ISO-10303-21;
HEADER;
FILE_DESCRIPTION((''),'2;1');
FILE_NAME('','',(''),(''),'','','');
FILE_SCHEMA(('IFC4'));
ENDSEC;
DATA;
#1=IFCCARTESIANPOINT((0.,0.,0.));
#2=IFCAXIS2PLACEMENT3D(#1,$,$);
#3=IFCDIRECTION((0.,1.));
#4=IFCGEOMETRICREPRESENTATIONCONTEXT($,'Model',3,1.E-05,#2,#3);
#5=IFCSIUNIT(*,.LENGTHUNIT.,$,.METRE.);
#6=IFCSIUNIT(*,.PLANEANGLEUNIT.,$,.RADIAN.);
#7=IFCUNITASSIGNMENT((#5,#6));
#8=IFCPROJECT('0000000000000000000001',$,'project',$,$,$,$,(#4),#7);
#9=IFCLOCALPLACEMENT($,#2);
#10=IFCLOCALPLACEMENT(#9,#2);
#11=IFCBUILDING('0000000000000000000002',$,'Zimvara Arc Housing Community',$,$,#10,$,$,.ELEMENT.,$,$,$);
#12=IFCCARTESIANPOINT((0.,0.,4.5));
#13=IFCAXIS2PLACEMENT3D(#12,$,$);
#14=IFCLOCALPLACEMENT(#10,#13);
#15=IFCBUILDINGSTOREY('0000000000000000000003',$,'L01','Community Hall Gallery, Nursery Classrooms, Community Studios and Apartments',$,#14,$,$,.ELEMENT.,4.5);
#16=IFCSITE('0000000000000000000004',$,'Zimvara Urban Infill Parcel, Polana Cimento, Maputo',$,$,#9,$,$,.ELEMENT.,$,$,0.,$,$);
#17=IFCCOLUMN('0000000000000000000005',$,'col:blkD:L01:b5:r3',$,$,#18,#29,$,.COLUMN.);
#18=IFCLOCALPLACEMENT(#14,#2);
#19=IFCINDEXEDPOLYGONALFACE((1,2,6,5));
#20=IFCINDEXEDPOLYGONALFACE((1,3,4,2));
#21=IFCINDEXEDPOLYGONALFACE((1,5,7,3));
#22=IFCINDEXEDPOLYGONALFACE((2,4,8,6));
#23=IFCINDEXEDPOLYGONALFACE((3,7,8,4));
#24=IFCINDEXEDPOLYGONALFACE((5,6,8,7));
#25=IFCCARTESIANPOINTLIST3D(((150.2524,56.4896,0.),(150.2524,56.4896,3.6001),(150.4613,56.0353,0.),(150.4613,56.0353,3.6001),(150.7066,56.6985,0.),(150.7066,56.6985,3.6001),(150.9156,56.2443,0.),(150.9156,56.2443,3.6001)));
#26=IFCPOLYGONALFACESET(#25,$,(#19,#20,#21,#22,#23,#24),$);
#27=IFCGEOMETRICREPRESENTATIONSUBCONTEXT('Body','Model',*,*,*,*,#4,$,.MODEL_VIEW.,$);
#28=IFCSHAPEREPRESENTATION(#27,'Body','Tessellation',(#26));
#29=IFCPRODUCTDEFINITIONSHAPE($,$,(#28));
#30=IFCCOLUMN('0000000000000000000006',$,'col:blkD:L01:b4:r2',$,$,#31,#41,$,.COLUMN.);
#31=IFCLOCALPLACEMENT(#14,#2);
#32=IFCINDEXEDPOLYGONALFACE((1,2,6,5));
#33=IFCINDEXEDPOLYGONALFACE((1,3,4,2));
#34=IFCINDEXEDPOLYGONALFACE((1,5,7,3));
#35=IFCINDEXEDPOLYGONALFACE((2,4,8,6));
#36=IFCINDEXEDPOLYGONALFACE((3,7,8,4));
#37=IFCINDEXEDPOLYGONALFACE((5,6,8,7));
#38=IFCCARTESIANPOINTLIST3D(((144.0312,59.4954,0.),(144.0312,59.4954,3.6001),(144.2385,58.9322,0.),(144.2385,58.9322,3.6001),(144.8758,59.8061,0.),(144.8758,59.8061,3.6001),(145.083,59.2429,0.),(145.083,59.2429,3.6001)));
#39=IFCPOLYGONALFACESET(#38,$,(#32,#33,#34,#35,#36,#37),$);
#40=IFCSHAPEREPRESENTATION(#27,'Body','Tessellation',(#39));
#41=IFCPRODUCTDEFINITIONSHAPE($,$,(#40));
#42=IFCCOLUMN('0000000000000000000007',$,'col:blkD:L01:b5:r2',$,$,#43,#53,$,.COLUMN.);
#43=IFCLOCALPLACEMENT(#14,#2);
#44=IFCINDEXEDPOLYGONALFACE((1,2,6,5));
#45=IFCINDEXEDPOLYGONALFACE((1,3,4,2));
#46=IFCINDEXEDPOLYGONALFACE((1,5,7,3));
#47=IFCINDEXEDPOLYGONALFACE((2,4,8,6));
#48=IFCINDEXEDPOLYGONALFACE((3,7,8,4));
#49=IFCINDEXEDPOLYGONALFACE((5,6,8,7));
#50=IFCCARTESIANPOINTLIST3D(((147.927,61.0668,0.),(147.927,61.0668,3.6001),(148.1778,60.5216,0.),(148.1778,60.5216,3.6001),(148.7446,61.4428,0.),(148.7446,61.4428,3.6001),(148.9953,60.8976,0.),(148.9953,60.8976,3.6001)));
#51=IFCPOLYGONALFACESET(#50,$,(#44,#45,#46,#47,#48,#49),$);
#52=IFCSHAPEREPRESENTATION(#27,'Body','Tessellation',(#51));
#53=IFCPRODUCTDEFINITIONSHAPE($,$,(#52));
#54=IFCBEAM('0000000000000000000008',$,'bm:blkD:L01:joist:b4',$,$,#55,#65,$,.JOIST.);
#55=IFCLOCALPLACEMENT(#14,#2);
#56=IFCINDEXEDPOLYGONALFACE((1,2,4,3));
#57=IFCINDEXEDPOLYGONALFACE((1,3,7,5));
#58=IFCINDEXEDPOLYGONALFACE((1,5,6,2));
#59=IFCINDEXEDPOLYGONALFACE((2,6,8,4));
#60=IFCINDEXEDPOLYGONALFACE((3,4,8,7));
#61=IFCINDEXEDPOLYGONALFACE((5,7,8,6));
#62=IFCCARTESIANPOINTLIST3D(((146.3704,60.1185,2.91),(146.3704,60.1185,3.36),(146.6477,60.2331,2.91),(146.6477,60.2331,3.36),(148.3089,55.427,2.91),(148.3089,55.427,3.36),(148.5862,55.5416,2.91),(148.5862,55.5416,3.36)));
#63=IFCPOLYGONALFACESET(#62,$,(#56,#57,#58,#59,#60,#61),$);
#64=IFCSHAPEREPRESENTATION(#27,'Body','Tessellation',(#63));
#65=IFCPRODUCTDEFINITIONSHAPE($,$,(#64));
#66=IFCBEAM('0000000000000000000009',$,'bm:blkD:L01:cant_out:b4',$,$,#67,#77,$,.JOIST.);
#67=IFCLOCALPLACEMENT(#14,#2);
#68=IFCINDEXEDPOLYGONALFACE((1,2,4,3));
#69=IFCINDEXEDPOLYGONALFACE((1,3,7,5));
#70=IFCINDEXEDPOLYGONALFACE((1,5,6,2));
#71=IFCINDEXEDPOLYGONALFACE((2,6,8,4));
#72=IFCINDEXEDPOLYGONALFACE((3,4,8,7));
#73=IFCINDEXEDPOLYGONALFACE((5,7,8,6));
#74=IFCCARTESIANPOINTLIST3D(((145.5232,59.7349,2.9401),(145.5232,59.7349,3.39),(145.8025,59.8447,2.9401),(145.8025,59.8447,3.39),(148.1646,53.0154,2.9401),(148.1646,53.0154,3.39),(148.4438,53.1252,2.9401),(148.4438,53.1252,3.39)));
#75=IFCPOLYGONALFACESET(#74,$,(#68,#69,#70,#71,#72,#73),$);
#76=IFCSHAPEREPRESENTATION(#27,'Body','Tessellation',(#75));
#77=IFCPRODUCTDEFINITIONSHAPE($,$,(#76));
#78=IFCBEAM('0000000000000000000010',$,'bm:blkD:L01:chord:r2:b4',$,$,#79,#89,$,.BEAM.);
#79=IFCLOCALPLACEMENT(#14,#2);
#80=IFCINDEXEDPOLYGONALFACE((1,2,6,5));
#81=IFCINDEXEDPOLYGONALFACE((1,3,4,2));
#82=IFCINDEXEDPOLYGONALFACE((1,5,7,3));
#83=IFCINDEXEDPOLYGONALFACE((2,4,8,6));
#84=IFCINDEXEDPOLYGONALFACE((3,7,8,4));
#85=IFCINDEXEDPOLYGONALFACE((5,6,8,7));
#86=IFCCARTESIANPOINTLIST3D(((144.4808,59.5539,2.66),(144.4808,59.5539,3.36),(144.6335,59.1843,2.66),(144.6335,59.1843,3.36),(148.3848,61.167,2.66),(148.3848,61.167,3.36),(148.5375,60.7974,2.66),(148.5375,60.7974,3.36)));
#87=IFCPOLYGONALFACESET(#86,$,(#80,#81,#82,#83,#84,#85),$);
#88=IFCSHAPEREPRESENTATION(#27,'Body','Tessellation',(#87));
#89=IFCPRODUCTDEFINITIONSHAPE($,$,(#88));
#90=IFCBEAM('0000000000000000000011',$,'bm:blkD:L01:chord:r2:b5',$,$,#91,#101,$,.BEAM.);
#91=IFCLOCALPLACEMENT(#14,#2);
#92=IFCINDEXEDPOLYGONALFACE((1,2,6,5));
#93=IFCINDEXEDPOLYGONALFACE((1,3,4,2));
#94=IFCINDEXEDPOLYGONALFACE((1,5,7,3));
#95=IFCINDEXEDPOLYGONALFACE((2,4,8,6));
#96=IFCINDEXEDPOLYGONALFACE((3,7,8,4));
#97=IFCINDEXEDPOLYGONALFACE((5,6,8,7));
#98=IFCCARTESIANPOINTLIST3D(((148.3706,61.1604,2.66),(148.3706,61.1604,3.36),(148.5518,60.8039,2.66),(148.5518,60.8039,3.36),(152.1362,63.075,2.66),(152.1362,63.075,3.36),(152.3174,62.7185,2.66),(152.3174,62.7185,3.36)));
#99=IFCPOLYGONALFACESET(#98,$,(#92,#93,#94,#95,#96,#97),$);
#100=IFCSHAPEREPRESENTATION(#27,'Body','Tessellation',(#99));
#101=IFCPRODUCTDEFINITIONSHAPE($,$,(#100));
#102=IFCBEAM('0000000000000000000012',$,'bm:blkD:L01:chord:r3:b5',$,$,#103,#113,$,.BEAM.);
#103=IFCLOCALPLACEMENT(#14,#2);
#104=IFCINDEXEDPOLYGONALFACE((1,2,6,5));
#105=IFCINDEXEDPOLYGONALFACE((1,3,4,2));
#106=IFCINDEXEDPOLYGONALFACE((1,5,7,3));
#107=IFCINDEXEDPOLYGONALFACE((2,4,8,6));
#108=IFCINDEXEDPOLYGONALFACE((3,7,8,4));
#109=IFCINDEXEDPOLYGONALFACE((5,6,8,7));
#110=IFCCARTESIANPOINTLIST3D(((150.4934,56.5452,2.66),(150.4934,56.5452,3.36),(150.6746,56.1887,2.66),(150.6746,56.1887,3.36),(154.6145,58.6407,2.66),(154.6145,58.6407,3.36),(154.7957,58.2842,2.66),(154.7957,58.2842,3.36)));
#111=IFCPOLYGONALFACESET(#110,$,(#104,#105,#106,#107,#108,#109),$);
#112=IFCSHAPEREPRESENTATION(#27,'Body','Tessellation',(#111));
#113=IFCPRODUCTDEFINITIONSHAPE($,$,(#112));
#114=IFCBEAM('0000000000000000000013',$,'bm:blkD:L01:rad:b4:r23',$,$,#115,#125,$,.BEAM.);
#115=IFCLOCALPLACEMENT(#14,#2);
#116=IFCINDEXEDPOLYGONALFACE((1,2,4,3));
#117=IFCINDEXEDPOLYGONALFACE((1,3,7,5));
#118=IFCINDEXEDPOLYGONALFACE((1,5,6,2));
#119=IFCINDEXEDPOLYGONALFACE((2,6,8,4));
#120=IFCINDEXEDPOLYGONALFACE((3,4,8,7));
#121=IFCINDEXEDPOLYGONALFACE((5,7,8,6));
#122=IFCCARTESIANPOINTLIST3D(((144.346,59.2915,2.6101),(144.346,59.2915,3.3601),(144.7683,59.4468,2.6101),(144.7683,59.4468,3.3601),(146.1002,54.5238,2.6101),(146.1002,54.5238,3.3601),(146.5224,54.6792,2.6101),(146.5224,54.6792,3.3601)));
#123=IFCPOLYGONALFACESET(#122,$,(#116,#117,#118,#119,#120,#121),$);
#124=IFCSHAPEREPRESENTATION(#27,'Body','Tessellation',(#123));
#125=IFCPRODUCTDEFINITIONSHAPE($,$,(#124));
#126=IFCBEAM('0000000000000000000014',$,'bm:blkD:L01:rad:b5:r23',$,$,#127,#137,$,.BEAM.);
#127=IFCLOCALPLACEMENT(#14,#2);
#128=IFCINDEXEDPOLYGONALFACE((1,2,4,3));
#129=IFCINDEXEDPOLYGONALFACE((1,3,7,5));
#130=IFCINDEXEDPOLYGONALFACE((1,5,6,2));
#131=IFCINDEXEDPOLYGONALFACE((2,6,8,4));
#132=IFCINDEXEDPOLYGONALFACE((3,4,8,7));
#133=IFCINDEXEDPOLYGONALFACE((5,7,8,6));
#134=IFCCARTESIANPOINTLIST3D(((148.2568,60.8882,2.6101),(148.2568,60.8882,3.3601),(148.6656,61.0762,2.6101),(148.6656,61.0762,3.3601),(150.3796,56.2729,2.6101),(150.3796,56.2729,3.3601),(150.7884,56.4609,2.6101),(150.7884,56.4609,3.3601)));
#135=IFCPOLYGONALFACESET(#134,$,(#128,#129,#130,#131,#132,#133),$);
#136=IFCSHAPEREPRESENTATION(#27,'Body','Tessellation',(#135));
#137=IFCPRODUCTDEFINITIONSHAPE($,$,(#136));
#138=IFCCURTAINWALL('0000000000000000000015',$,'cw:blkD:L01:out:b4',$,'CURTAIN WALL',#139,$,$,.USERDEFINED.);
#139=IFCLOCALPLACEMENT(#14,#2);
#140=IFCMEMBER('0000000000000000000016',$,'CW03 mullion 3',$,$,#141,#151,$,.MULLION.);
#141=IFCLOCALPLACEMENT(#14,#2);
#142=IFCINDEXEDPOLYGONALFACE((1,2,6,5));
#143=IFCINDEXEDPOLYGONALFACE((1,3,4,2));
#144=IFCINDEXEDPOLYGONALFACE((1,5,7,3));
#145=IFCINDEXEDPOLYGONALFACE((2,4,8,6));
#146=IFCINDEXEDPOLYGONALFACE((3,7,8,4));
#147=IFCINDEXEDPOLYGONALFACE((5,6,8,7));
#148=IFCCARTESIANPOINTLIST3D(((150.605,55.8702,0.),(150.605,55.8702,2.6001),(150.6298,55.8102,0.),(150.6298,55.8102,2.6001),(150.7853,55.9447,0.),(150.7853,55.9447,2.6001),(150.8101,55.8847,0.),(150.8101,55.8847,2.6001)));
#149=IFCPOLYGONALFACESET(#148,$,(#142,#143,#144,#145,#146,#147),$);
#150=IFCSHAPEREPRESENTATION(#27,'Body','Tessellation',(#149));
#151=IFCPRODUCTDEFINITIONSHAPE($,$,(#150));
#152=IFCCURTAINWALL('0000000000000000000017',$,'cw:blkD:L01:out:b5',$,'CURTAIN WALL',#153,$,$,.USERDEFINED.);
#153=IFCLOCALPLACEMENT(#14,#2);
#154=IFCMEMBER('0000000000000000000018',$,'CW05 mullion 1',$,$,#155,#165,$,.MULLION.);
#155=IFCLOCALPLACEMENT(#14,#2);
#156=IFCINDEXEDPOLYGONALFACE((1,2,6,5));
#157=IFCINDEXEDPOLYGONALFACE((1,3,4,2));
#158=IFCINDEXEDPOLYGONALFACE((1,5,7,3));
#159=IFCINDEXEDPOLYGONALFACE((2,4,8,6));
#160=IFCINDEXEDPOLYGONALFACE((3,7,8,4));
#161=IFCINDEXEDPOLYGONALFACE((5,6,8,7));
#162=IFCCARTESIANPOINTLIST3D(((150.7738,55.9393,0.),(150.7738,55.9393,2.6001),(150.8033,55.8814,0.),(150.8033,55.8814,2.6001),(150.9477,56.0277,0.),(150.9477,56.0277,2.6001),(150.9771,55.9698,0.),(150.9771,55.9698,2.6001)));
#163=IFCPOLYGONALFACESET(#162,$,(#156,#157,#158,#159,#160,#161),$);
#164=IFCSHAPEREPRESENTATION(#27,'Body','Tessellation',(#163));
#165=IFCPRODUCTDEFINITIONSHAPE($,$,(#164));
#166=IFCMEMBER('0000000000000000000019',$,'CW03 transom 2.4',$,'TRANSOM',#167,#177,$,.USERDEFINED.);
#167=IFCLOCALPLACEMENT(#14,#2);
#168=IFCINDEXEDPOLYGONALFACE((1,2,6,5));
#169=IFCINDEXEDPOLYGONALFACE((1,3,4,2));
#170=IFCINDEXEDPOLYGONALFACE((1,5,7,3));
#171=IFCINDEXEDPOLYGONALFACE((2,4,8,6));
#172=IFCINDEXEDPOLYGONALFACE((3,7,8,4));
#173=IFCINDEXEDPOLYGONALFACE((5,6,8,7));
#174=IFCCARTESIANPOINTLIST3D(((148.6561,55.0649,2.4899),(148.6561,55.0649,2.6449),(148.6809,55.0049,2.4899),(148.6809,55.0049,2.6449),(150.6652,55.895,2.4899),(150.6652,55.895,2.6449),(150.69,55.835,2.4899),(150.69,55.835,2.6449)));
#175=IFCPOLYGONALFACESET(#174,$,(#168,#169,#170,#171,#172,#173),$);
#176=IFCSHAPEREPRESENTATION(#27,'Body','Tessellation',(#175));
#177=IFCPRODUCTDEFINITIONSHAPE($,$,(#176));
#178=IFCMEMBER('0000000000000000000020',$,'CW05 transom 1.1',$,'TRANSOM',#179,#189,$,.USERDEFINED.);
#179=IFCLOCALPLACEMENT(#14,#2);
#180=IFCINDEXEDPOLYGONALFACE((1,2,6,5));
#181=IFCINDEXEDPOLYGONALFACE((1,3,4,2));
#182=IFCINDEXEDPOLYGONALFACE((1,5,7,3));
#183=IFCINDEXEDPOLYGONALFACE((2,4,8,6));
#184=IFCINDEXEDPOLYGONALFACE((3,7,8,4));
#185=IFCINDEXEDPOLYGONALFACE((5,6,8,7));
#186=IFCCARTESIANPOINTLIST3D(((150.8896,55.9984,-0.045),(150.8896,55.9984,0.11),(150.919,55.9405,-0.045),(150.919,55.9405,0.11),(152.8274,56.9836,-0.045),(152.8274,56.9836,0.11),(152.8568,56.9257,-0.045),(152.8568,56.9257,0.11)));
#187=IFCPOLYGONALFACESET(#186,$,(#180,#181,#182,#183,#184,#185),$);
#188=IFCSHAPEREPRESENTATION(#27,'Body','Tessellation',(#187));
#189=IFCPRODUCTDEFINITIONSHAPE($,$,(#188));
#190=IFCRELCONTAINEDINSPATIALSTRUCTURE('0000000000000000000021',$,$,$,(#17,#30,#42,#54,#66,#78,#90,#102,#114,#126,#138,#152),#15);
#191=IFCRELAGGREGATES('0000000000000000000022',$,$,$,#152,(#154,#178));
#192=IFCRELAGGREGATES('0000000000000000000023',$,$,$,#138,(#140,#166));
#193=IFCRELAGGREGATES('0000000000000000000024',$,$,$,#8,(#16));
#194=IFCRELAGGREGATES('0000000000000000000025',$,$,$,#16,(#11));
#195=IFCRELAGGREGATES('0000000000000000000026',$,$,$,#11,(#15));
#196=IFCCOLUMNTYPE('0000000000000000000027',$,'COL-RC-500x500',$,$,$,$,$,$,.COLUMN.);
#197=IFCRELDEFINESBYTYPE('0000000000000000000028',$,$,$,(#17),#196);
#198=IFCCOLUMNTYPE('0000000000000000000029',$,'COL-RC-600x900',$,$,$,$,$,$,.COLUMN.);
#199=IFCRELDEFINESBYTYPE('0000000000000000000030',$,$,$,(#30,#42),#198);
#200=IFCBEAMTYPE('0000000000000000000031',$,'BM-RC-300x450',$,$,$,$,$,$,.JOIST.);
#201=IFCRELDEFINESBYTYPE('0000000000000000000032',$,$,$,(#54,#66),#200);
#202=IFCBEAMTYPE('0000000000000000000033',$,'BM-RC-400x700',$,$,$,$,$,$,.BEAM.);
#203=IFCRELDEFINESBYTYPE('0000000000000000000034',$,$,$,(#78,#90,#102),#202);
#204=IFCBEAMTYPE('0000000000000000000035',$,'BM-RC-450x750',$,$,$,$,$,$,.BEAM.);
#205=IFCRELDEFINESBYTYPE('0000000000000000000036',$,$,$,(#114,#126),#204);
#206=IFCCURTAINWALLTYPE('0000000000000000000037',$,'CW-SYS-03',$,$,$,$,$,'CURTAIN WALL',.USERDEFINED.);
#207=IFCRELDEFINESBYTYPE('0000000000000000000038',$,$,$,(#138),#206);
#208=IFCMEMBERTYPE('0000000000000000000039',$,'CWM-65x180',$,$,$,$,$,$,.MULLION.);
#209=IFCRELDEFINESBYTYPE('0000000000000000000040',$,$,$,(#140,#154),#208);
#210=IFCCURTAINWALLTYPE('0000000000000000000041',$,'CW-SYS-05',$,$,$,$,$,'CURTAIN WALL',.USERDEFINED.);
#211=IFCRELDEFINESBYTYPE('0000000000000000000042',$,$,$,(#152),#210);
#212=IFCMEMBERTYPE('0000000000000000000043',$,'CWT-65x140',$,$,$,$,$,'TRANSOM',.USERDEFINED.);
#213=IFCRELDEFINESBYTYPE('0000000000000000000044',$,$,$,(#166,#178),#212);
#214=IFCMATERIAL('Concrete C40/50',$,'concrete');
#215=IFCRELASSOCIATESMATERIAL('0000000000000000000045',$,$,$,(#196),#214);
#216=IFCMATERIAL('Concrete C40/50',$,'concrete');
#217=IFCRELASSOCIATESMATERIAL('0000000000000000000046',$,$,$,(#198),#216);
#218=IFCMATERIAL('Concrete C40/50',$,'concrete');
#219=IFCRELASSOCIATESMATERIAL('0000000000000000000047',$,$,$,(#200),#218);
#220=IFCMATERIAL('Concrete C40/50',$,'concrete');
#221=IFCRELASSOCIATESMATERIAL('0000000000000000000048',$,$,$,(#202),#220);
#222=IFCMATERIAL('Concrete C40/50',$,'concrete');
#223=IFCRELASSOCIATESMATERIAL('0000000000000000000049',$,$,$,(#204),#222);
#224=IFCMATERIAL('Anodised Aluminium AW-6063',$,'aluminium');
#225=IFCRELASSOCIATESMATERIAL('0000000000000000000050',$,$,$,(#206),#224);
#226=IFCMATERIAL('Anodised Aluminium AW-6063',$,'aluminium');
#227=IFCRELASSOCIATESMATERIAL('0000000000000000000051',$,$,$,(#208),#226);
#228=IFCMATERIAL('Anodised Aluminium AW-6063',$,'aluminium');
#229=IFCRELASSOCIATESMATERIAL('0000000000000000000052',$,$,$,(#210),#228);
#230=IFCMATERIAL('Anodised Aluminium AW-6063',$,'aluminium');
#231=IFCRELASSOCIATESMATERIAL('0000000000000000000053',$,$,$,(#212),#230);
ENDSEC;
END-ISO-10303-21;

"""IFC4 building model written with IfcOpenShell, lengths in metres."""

from ifc_helpers import new_model, si_unit, direction, frame, origin, origin_2d, place, context, subcontext, project, spatial, rectangle, extrude, material, material_profile, profile_set, type_object, element, aggregate, save


model = new_model("IFC4")

# Units and contexts
model_context = context("Model", 3, precision=1e-05, world=origin(), true_north=direction((0.0, 1.0)))
body_context = subcontext(model_context, "Body", "Model", "MODEL_VIEW")
ifc_project = project(units=[si_unit("LENGTHUNIT", "METRE"), si_unit("PLANEANGLEUNIT", "RADIAN")], contexts=[model_context])

# Site, building, storey
site_placement = place(None, origin())
site = spatial("IfcSite", under=ifc_project, at=site_placement, Name="Zimvara Urban Infill Parcel, Polana Cimento, Maputo", CompositionType="ELEMENT", RefElevation=0.0)
building_placement = place(site_placement, origin())
building = spatial("IfcBuilding", under=site, at=building_placement, Name="Zimvara Arc Housing Community", CompositionType="ELEMENT")
storey_placement = place(building_placement, frame((0.0, 0.0, 4.5)))
storey = spatial("IfcBuildingStorey", under=building, at=storey_placement, Name="L01", Description="Community Hall Gallery, Nursery Classrooms, Community Studios and Apartments", CompositionType="ELEMENT", Elevation=4.5)

# Columns
ifc_material_1 = material(Name="Concrete C40/50", Category="concrete")
ifc_material_profile_1 = material_profile(ifc_material_1, rectangle(XDim=0.5, YDim=0.5, at=origin_2d()), Name="RC 500x500")
ifc_profile_set_1 = profile_set([ifc_material_profile_1], Name="Concrete C40/50")
column_type_1 = type_object("IfcColumnType", Name="COL-RC-500x500", PredefinedType="COLUMN", material=ifc_profile_set_1)
column_placement = place(storey_placement, frame((150.584, 56.3669, 0.0), z_axis=(0.0, 0.0, 1.0), x_axis=(0.417867, -0.908508, 0.0)))
element("IfcColumn", 1, at=column_placement, inside=storey, type_object=column_type_1, Name="col:blkD:L01:b5:r3", PredefinedType="COLUMN", context=body_context, shape_type="SweptSolid", body=[
    extrude(rectangle(XDim=0.5, YDim=0.5, at=origin_2d()), origin(), (0.0, 0.0, 1.0), 3.6001),
])
ifc_material_2 = material(Name="Concrete C40/50", Category="concrete")
ifc_material_profile_2 = material_profile(ifc_material_2, rectangle(XDim=0.6001, YDim=0.8999, at=origin_2d()), Name="RC 600x900")
ifc_profile_set_2 = profile_set([ifc_material_profile_2], Name="Concrete C40/50")
column_type_2 = type_object("IfcColumnType", Name="COL-RC-600x900", PredefinedType="COLUMN", material=ifc_profile_set_2)
for number, where, z_axis, x_axis, name in (
    (2, (144.5571, 59.3691, 0.0), (0.0, 0.0, 1.0), (0.345298, -0.938493, 0.0), "col:blkD:L01:b4:r2"),
    (3, (148.4612, 60.9822, 0.0), (0.0, 0.0, 1.0), (0.417867, -0.908508, 0.0), "col:blkD:L01:b5:r2"),
):
    element("IfcColumn", number, at=place(storey_placement, frame(where, z_axis=z_axis, x_axis=x_axis)), inside=storey, type_object=column_type_2, Name=name, PredefinedType="COLUMN", context=body_context, shape_type="SweptSolid", body=[
        extrude(rectangle(XDim=0.6001, YDim=0.8999, at=origin_2d()), origin(), (0.0, 0.0, 1.0), 3.6001),
    ])

# Beams
ifc_material_3 = material(Name="Concrete C40/50", Category="concrete")
ifc_material_profile_3 = material_profile(ifc_material_3, rectangle(XDim=0.3, YDim=0.45, at=origin_2d()), Name="RC 300x450")
ifc_profile_set_3 = profile_set([ifc_material_profile_3], Name="Concrete C40/50")
beam_type_1 = type_object("IfcBeamType", Name="BM-RC-300x450", PredefinedType="JOIST", material=ifc_profile_set_3)
beam_1_placement = place(storey_placement, frame((146.509, 60.1758, 3.135), z_axis=(0.381882, -0.924211, 0.0), x_axis=(0.924211, 0.381882, 0.0)))
element("IfcBeam", 4, at=beam_1_placement, inside=storey, type_object=beam_type_1, Name="bm:blkD:L01:joist:b4", PredefinedType="JOIST", context=body_context, shape_type="SweptSolid", body=[
    extrude(rectangle(XDim=0.3, YDim=0.45, at=origin_2d()), origin(), (0.0, 0.0, 1.0), 5.0762),
])
beam_2_placement = place(storey_placement, frame((145.6628, 59.7898, 3.165), z_axis=(0.36584, -0.930678, 0.0), x_axis=(0.930678, 0.36584, 0.0)))
element("IfcBeam", 5, at=beam_2_placement, inside=storey, type_object=beam_type_1, Name="bm:blkD:L01:cant_out:b4", PredefinedType="JOIST", context=body_context, shape_type="SweptSolid", body=[
    extrude(rectangle(XDim=0.3, YDim=0.45, at=origin_2d()), origin(), (0.0, 0.0, 1.0), 7.22),
])
ifc_material_4 = material(Name="Concrete C40/50", Category="concrete")
ifc_material_profile_4 = material_profile(ifc_material_4, rectangle(XDim=0.3999, YDim=0.7, at=origin_2d()), Name="RC 400x700")
ifc_profile_set_4 = profile_set([ifc_material_profile_4], Name="Concrete C40/50")
beam_type_2 = type_object("IfcBeamType", Name="BM-RC-400x700", PredefinedType="BEAM", material=ifc_profile_set_4)
beam_3_placement = place(storey_placement, frame((144.5571, 59.3691, 3.01), z_axis=(0.92422, 0.38186, 0.0), x_axis=(-0.38186, 0.92422, 0.0)))
element("IfcBeam", 6, at=beam_3_placement, inside=storey, type_object=beam_type_2, Name="bm:blkD:L01:chord:r2:b4", PredefinedType="BEAM", context=body_context, shape_type="SweptSolid", body=[
    extrude(rectangle(XDim=0.3999, YDim=0.7, at=origin_2d()), origin(), (0.0, 0.0, 1.0), 4.2241),
])
beam_4_placement = place(storey_placement, frame((148.4612, 60.9822, 3.01), z_axis=(0.891402, 0.453214, 0.0), x_axis=(-0.453214, 0.891402, 0.0)))
element("IfcBeam", 7, at=beam_4_placement, inside=storey, type_object=beam_type_2, Name="bm:blkD:L01:chord:r2:b5", PredefinedType="BEAM", context=body_context, shape_type="SweptSolid", body=[
    extrude(rectangle(XDim=0.3999, YDim=0.7, at=origin_2d()), origin(), (0.0, 0.0, 1.0), 4.2244),
])
beam_5_placement = place(storey_placement, frame((150.584, 56.3669, 3.01), z_axis=(0.891386, 0.453245, 0.0), x_axis=(-0.453245, 0.891386, 0.0)))
element("IfcBeam", 8, at=beam_5_placement, inside=storey, type_object=beam_type_2, Name="bm:blkD:L01:chord:r3:b5", PredefinedType="BEAM", context=body_context, shape_type="SweptSolid", body=[
    extrude(rectangle(XDim=0.3999, YDim=0.7, at=origin_2d()), origin(), (0.0, 0.0, 1.0), 4.6233),
])
ifc_material_5 = material(Name="Concrete C40/50", Category="concrete")
ifc_material_profile_5 = material_profile(ifc_material_5, rectangle(XDim=0.45, YDim=0.75, at=origin_2d()), Name="RC 450x750")
ifc_profile_set_5 = profile_set([ifc_material_profile_5], Name="Concrete C40/50")
beam_type_3 = type_object("IfcBeamType", Name="BM-RC-450x750", PredefinedType="BEAM", material=ifc_profile_set_5)
for number, where, z_axis, x_axis, name in (
    (9, (144.5571, 59.3691, 2.9851), (0.345302, -0.938492, 0.0), (0.938492, 0.345302, 0.0), "bm:blkD:L01:rad:b4:r23"),
    (10, (148.4612, 60.9822, 2.9851), (0.417872, -0.908506, 0.0), (0.908506, 0.417872, 0.0), "bm:blkD:L01:rad:b5:r23"),
):
    element("IfcBeam", number, at=place(storey_placement, frame(where, z_axis=z_axis, x_axis=x_axis)), inside=storey, type_object=beam_type_3, Name=name, PredefinedType="BEAM", context=body_context, shape_type="SweptSolid", body=[
        extrude(rectangle(XDim=0.45, YDim=0.75, at=origin_2d()), origin(), (0.0, 0.0, 1.0), 5.0801),
    ])

# Curtain walls, members
ifc_material_6 = material(Name="Anodised Aluminium AW-6063", Category="aluminium")
curtain_wall_type_1 = type_object("IfcCurtainWallType", Name="CW-SYS-03", ElementType="CURTAIN WALL", PredefinedType="USERDEFINED", material=ifc_material_6)
curtain_wall_1_placement = place(storey_placement, origin())
curtain_wall_1 = element("IfcCurtainWall", 11, at=curtain_wall_1_placement, inside=storey, type_object=curtain_wall_type_1, Name="cw:blkD:L01:out:b4", ObjectType="CURTAIN WALL", PredefinedType="USERDEFINED")
ifc_material_7 = material(Name="Anodised Aluminium AW-6063", Category="aluminium")
ifc_material_profile_6 = material_profile(ifc_material_7, rectangle(XDim=0.0649, YDim=0.1951, at=origin_2d()), Name="ALU 65x195")
ifc_profile_set_6 = profile_set([ifc_material_profile_6], Name="Anodised Aluminium AW-6063")
member_type_1 = type_object("IfcMemberType", Name="CWM-65x180", PredefinedType="MULLION", material=ifc_profile_set_6)
member_1_placement = place(storey_placement, frame((150.7075, 55.8774, 0.0), z_axis=(0.0, 0.0, 1.0), x_axis=(-0.381876, 0.924213, 0.0)))
member_1 = element("IfcMember", 12, at=member_1_placement, type_object=member_type_1, Name="CW03 mullion 3", PredefinedType="MULLION", context=body_context, shape_type="SweptSolid", body=[
    extrude(rectangle(XDim=0.0649, YDim=0.1951, at=origin_2d()), origin(), (0.0, 0.0, 1.0), 2.6001),
])
ifc_material_8 = material(Name="Anodised Aluminium AW-6063", Category="aluminium")
curtain_wall_type_2 = type_object("IfcCurtainWallType", Name="CW-SYS-05", ElementType="CURTAIN WALL", PredefinedType="USERDEFINED", material=ifc_material_8)
curtain_wall_2_placement = place(storey_placement, origin())
curtain_wall_2 = element("IfcCurtainWall", 13, at=curtain_wall_2_placement, inside=storey, type_object=curtain_wall_type_2, Name="cw:blkD:L01:out:b5", ObjectType="CURTAIN WALL", PredefinedType="USERDEFINED")
member_2_placement = place(storey_placement, frame((150.8755, 55.9546, 0.0), z_axis=(0.0, 0.0, 1.0), x_axis=(-0.453212, 0.891403, 0.0)))
member_2 = element("IfcMember", 14, at=member_2_placement, type_object=member_type_1, Name="CW05 mullion 1", PredefinedType="MULLION", context=body_context, shape_type="SweptSolid", body=[
    extrude(rectangle(XDim=0.0649, YDim=0.1951, at=origin_2d()), origin(), (0.0, 0.0, 1.0), 2.6001),
])

# Members
ifc_material_9 = material(Name="Anodised Aluminium AW-6063", Category="aluminium")
ifc_material_profile_7 = material_profile(ifc_material_9, rectangle(XDim=0.0649, YDim=0.155, at=origin_2d()), Name="ALU 65x155")
ifc_profile_set_7 = profile_set([ifc_material_profile_7], Name="Anodised Aluminium AW-6063")
member_type_2 = type_object("IfcMemberType", Name="CWT-65x140", ElementType="TRANSOM", PredefinedType="USERDEFINED", material=ifc_profile_set_7)
member_3_placement = place(storey_placement, frame((148.6685, 55.0349, 2.5674), z_axis=(0.924219, 0.381862, 0.0), x_axis=(-0.381862, 0.924219, 0.0)))
member_3 = element("IfcMember", 15, at=member_3_placement, type_object=member_type_2, Name="CW03 transom 2.4", ObjectType="TRANSOM", PredefinedType="USERDEFINED", context=body_context, shape_type="SweptSolid", body=[
    extrude(rectangle(XDim=0.0649, YDim=0.155, at=origin_2d()), origin(), (0.0, 0.0, 1.0), 2.1738),
])
member_4_placement = place(storey_placement, frame((150.9043, 55.9695, 0.0325), z_axis=(0.89142, 0.453179, 0.0), x_axis=(-0.453179, 0.89142, 0.0)))
member_4 = element("IfcMember", 16, at=member_4_placement, type_object=member_type_2, Name="CW05 transom 1.1", ObjectType="TRANSOM", PredefinedType="USERDEFINED", context=body_context, shape_type="SweptSolid", body=[
    extrude(rectangle(XDim=0.0649, YDim=0.155, at=origin_2d()), origin(), (0.0, 0.0, 1.0), 2.1738),
])
aggregate(curtain_wall_2, [member_2, member_4])

aggregate(curtain_wall_1, [member_1, member_3])

save(model, "model.ifc")
